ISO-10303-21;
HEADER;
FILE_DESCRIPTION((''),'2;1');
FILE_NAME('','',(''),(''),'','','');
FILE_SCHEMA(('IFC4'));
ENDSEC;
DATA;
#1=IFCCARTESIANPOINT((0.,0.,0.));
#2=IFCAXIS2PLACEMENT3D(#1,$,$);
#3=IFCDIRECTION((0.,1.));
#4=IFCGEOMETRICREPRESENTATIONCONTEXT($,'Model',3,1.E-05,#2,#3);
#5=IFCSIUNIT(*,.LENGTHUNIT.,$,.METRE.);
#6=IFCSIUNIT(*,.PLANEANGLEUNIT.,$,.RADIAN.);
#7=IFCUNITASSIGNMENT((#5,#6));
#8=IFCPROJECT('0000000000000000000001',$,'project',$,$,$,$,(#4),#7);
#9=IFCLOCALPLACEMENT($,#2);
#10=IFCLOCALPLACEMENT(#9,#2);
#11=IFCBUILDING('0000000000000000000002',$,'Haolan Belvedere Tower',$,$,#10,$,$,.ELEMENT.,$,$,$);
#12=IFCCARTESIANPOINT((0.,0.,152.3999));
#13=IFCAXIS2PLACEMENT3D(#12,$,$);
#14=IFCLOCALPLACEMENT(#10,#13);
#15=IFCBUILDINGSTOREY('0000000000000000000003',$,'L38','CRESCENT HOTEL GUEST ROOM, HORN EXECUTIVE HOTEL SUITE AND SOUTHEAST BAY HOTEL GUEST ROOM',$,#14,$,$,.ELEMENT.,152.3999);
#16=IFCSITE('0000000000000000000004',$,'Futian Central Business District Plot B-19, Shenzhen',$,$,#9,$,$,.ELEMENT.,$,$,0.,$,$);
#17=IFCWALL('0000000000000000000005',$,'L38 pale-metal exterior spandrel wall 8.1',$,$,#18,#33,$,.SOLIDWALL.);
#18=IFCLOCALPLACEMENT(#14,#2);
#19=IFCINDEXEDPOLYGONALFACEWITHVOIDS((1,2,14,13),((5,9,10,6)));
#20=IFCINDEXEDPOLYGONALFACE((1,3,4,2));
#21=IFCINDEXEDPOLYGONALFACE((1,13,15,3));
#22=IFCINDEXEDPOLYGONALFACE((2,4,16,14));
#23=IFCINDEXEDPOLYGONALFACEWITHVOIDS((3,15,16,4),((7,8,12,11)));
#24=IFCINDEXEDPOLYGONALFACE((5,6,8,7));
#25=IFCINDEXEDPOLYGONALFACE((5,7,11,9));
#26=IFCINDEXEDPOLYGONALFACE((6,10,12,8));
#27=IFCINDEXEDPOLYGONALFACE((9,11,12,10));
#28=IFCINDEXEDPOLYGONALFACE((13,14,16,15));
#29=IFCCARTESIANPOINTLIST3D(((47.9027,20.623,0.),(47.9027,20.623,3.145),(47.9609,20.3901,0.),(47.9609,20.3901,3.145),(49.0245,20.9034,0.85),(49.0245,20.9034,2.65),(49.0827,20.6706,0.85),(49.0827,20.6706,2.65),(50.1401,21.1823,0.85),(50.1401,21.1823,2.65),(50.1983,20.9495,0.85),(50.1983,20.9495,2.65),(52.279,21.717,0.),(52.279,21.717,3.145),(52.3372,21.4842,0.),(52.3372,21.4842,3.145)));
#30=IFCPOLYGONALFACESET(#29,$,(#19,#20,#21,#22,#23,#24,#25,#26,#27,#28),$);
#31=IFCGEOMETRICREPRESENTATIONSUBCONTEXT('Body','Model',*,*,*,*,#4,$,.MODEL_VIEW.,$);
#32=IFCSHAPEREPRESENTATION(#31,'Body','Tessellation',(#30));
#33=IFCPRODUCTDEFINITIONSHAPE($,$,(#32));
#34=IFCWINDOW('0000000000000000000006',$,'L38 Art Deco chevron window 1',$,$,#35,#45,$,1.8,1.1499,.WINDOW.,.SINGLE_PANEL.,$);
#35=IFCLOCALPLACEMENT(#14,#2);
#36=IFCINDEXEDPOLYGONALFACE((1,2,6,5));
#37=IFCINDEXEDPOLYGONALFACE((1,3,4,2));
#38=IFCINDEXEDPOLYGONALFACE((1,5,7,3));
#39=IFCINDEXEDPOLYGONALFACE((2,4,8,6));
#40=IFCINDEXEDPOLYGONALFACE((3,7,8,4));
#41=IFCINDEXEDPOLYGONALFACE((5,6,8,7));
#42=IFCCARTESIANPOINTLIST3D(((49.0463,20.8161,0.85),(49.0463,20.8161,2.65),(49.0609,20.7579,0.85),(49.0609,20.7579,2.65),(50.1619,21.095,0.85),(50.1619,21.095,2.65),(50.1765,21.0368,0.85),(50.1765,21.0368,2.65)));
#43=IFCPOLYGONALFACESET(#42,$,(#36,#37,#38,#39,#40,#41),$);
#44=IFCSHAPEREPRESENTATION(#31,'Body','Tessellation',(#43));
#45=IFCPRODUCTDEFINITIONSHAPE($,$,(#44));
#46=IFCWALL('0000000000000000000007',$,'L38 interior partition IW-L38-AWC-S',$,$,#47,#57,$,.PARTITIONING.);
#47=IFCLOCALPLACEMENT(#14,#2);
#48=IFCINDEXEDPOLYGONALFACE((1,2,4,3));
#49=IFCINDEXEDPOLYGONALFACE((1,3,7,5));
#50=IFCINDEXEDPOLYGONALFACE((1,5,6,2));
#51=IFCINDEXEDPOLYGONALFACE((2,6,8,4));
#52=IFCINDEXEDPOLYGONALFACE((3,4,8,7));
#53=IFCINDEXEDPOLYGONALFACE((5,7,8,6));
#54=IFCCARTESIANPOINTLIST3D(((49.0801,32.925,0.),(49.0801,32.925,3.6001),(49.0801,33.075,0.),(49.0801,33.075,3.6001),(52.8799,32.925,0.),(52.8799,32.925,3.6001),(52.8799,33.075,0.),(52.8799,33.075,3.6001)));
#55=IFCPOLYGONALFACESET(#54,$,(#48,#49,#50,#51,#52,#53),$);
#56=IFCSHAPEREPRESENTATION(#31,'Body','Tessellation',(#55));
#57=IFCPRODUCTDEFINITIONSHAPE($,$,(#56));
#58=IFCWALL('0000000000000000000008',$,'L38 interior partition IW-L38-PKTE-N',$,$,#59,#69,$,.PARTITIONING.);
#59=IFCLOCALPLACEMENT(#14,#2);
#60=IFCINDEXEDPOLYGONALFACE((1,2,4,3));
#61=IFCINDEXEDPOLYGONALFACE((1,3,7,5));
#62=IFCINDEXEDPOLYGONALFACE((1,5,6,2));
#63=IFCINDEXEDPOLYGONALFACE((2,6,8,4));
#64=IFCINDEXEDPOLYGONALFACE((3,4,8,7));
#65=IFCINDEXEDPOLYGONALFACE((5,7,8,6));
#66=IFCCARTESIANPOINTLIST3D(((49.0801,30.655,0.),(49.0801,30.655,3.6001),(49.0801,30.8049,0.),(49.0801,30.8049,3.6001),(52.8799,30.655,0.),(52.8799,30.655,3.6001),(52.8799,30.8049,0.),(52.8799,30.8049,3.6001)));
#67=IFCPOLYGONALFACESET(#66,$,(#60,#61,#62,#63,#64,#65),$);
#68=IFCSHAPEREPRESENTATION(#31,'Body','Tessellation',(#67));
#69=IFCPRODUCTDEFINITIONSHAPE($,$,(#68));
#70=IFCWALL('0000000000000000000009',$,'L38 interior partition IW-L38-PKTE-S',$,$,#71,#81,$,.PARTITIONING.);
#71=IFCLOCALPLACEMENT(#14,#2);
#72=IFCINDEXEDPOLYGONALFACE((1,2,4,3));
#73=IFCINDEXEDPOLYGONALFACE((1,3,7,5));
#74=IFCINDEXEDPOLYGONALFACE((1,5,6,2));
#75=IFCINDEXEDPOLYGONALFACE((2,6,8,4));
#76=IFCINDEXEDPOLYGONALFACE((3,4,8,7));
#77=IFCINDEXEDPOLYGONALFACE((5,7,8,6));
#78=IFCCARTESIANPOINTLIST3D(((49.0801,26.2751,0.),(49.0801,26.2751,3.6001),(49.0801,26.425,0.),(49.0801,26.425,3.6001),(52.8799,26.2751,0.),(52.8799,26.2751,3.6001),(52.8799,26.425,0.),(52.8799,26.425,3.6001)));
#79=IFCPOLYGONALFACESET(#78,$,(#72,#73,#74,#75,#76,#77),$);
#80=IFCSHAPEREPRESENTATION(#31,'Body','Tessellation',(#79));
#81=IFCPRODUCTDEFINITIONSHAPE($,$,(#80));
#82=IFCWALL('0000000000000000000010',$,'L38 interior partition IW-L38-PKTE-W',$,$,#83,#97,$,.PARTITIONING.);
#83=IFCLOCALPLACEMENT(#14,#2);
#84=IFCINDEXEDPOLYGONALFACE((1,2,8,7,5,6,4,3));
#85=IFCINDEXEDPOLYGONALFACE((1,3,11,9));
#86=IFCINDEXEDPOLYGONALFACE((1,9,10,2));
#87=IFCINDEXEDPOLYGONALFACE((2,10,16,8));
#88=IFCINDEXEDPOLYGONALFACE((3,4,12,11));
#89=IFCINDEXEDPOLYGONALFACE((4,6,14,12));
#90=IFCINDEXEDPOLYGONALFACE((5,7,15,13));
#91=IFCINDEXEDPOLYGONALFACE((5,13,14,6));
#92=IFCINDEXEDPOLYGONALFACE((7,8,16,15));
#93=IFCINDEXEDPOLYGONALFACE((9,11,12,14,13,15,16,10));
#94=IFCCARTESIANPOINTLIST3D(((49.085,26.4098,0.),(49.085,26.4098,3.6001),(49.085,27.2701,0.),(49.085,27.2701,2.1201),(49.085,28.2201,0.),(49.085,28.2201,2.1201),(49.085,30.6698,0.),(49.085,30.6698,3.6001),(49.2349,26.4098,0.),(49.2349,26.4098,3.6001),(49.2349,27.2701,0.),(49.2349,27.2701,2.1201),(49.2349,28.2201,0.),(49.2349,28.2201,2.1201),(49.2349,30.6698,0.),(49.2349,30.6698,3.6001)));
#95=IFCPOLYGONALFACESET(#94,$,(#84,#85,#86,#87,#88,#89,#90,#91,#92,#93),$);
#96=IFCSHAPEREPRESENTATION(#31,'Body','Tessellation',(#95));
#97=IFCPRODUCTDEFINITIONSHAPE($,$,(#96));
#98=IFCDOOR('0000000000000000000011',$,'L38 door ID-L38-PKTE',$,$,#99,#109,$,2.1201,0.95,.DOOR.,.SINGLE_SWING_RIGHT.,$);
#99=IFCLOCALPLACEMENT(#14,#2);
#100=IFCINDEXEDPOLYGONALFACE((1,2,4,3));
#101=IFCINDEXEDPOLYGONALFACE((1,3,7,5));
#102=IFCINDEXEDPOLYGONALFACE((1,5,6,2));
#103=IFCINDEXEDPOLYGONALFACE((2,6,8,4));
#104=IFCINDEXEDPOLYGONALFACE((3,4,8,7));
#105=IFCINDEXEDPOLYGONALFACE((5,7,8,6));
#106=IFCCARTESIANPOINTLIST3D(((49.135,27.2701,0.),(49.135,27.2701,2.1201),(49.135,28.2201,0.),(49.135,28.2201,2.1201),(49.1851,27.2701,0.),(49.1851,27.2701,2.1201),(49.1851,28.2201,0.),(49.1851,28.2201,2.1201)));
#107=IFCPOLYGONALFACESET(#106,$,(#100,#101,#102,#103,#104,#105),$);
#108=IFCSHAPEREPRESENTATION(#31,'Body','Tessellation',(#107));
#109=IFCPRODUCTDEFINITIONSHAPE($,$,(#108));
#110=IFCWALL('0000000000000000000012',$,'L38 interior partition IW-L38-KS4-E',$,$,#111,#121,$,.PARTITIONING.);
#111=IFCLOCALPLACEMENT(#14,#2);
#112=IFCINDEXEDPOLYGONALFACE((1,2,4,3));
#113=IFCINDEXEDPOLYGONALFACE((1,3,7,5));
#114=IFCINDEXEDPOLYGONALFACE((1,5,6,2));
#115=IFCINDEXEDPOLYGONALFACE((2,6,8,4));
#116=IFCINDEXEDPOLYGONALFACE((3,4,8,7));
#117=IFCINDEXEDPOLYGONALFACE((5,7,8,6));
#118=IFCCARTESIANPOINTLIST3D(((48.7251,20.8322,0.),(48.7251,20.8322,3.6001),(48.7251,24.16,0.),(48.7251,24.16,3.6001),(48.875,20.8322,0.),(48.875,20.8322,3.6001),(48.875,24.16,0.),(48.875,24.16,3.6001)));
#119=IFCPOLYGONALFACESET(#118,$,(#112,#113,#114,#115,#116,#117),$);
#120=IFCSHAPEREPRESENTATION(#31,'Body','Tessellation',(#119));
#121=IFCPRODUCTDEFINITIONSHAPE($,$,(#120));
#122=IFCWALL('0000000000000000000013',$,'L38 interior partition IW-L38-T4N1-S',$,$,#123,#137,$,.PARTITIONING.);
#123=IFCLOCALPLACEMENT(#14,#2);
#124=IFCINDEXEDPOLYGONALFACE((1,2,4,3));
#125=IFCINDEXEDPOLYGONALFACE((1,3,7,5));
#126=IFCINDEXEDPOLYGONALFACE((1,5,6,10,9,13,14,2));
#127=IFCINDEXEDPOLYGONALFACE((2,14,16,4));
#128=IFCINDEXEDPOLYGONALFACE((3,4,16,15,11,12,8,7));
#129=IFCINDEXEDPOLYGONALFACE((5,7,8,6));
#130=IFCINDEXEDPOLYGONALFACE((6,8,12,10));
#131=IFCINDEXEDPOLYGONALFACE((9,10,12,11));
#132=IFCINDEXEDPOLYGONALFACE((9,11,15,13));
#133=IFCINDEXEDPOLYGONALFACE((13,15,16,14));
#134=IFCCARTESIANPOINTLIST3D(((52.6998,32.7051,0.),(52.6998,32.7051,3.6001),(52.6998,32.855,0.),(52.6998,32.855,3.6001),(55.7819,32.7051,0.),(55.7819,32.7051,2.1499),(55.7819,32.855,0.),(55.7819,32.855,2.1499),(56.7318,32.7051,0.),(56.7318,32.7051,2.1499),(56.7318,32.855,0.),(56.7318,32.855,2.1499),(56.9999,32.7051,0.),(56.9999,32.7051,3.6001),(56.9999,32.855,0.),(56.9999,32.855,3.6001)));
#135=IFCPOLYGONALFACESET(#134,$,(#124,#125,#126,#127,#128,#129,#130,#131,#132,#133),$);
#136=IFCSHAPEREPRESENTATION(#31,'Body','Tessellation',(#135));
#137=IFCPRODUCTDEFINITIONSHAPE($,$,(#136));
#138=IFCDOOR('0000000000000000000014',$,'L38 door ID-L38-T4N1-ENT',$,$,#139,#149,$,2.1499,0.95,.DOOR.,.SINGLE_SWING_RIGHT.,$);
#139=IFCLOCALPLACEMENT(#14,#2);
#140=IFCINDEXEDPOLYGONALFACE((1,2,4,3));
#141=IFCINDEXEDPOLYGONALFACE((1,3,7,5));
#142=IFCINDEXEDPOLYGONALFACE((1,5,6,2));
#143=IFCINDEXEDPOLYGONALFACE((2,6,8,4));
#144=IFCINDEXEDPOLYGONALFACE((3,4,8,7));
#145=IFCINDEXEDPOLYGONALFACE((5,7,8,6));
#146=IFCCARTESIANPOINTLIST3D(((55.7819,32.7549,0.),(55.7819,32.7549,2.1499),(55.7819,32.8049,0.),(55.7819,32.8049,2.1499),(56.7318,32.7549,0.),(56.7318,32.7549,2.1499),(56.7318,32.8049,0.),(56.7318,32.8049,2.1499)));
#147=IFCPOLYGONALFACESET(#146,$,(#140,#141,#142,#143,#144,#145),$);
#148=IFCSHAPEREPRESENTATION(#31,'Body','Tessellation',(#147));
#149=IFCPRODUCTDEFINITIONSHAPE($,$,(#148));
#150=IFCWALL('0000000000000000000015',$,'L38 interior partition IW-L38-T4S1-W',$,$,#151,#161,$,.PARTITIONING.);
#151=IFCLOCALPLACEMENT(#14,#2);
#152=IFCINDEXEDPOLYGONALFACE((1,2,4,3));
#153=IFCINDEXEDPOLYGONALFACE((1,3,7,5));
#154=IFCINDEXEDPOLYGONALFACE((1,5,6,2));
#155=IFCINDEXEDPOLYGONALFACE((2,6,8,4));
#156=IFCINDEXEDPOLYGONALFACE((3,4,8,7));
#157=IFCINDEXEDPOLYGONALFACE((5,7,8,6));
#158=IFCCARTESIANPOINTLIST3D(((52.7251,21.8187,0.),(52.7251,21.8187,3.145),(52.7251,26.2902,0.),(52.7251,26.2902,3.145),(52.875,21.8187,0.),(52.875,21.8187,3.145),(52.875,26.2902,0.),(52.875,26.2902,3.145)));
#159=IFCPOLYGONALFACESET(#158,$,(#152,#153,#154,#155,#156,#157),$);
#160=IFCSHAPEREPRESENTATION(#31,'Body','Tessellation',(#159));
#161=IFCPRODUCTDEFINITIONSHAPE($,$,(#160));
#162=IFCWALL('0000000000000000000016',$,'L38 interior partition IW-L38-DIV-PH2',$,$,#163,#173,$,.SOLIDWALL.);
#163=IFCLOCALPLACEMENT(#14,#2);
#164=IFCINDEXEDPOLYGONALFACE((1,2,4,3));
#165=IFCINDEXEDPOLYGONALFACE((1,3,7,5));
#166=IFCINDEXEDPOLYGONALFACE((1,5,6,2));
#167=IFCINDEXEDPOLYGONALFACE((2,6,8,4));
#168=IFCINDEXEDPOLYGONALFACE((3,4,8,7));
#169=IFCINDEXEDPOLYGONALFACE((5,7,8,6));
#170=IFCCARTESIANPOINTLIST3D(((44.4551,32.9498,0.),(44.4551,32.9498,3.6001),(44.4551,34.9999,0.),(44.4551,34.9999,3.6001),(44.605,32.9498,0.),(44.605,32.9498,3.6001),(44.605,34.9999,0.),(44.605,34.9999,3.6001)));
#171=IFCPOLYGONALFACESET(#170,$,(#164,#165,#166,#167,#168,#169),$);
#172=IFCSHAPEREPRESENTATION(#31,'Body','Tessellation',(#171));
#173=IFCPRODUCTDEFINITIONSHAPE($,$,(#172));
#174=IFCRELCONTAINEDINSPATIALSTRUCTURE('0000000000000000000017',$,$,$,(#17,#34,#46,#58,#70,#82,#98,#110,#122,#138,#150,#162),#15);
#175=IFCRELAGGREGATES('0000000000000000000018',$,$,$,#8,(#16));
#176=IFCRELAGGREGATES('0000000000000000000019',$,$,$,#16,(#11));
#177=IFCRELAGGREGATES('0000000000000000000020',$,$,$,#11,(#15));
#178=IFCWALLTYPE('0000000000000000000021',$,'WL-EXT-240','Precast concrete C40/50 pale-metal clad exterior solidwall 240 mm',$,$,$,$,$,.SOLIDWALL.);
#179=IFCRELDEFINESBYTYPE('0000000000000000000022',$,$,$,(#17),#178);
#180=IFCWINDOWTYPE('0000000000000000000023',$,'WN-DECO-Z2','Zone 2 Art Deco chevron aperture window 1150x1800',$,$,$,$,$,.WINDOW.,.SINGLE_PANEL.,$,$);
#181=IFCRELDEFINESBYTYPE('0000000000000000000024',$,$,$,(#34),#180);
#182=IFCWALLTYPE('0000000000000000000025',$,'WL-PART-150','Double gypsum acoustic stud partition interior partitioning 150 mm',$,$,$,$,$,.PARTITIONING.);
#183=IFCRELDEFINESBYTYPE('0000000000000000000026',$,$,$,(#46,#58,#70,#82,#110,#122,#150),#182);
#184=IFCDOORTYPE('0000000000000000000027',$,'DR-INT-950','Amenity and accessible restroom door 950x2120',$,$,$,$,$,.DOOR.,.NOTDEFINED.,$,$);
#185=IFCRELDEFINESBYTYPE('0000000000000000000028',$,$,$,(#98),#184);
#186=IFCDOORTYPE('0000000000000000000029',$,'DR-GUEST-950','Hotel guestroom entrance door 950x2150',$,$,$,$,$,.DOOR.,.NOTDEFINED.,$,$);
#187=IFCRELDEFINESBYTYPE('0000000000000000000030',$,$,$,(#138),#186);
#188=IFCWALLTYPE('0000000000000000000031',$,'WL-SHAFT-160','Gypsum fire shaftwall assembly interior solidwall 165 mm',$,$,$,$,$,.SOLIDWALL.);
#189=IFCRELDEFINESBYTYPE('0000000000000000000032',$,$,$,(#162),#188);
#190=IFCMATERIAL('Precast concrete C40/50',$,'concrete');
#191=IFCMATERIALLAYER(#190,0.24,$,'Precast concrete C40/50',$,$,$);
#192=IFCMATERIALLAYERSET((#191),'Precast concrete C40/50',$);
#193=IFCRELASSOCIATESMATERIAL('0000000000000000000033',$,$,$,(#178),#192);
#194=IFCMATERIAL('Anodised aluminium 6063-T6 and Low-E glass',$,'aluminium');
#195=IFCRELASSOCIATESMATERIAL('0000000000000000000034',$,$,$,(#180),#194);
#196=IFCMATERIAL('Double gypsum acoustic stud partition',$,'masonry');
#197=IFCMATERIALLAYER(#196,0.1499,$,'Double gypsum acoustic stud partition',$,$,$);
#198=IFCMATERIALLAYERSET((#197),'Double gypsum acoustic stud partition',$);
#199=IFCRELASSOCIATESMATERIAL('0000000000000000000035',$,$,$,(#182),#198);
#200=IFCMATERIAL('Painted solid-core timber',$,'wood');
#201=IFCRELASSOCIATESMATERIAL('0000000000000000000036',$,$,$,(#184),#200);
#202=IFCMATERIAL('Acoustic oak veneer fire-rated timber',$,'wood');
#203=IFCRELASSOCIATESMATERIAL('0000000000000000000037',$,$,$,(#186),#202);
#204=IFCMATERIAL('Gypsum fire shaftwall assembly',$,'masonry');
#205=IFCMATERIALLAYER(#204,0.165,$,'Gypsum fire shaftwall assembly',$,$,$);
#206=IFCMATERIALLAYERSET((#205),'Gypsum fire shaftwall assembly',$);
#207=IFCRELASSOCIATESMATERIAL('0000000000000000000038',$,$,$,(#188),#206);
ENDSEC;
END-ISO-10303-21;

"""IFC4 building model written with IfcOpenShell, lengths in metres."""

from ifc_helpers import new_model, si_unit, direction, frame, frame_2d, origin, place, context, subcontext, project, spatial, rectangle, extrude, material, layer, layer_set, type_object, element, fill, save


model = new_model("IFC4")

# Units and contexts
model_context = context("Model", 3, precision=1e-05, world=origin(), true_north=direction((0.0, 1.0)))
body_context = subcontext(model_context, "Body", "Model", "MODEL_VIEW")
ifc_project = project(units=[si_unit("LENGTHUNIT", "METRE"), si_unit("PLANEANGLEUNIT", "RADIAN")], contexts=[model_context])

# Site, building, storey
site_placement = place(None, origin())
site = spatial("IfcSite", under=ifc_project, at=site_placement, Name="Futian Central Business District Plot B-19, Shenzhen", CompositionType="ELEMENT", RefElevation=0.0)
building_placement = place(site_placement, origin())
building = spatial("IfcBuilding", under=site, at=building_placement, Name="Haolan Belvedere Tower", CompositionType="ELEMENT")
storey_placement = place(building_placement, frame((0.0, 0.0, 152.3999)))
storey = spatial("IfcBuildingStorey", under=building, at=storey_placement, Name="L38", Description="CRESCENT HOTEL GUEST ROOM, HORN EXECUTIVE HOTEL SUITE AND SOUTHEAST BAY HOTEL GUEST ROOM", CompositionType="ELEMENT", Elevation=152.3999)

# Wall, opening, window
ifc_material_1 = material(Name="Precast concrete C40/50", Category="concrete")
ifc_layer_1 = layer(ifc_material_1, 0.24, Name="Precast concrete C40/50")
ifc_layer_set_1 = layer_set([ifc_layer_1], Name="Precast concrete C40/50")
wall_type_1 = type_object("IfcWallType", Name="WL-EXT-240", Description="Precast concrete C40/50 pale-metal clad exterior solidwall 240 mm", PredefinedType="SOLIDWALL", material=ifc_layer_set_1)
wall_1_placement = place(storey_placement, frame((47.9319, 20.5066, 0.0), z_axis=(0.0, 0.0, 1.0), x_axis=(0.970146, 0.242523, 0.0)))
wall_1 = element("IfcWall", 1, at=wall_1_placement, inside=storey, type_object=wall_type_1, Name="L38 pale-metal exterior spandrel wall 8.1", PredefinedType="SOLIDWALL", context=body_context, shape_type="SweptSolid", body=[
    extrude(rectangle(XDim=4.511, YDim=0.24, at=frame_2d((2.2554, 0.0))), origin(), (0.0, 0.0, 1.0), 3.145),
])
opening_1_placement = place(wall_1_placement, frame((1.1562, 0.0, 0.8501)))
opening_1 = element("IfcOpeningElement", 2, at=opening_1_placement, cuts=wall_1, PredefinedType="OPENING", context=body_context, shape_type="SweptSolid", body=[
    extrude(rectangle(XDim=1.1499, YDim=1.8, at=frame_2d((0.575, 0.8999))), frame((0.0, 0.1299, 0.0), z_axis=(0.0, -1.0, 0.0), x_axis=(1.0, 0.0, 0.0)), (0.0, 0.0, 1.0), 0.26),
])
ifc_material_2 = material(Name="Anodised aluminium 6063-T6 and Low-E glass", Category="aluminium")
window_type = type_object("IfcWindowType", Name="WN-DECO-Z2", Description="Zone 2 Art Deco chevron aperture window 1150x1800", PartitioningType="SINGLE_PANEL", PredefinedType="WINDOW", material=ifc_material_2)
window_placement = place(opening_1_placement, origin())
window = element("IfcWindow", 3, at=window_placement, inside=storey, type_object=window_type, Name="L38 Art Deco chevron window 1", OverallHeight=1.8, OverallWidth=1.1499, PartitioningType="SINGLE_PANEL", PredefinedType="WINDOW", context=body_context, shape_type="SweptSolid", body=[
    extrude(rectangle(XDim=1.1499, YDim=1.8, at=frame_2d((0.575, 0.8999))), frame((0.0, 0.03, 0.0), z_axis=(0.0, -1.0, 0.0), x_axis=(1.0, 0.0, 0.0)), (0.0, 0.0, 1.0), 0.0601),
])
fill(opening_1, window)

# Wall
ifc_material_3 = material(Name="Double gypsum acoustic stud partition", Category="masonry")
ifc_layer_2 = layer(ifc_material_3, 0.1499, Name="Double gypsum acoustic stud partition")
ifc_layer_set_2 = layer_set([ifc_layer_2], Name="Double gypsum acoustic stud partition")
wall_type_2 = type_object("IfcWallType", Name="WL-PART-150", Description="Double gypsum acoustic stud partition interior partitioning 150 mm", PredefinedType="PARTITIONING", material=ifc_layer_set_2)
wall_2_placement = place(storey_placement, frame((49.0801, 33.0, 0.0), z_axis=(0.0, 0.0, 1.0), x_axis=(1.0, 0.0, 0.0)))
element("IfcWall", 4, at=wall_2_placement, inside=storey, type_object=wall_type_2, Name="L38 interior partition IW-L38-AWC-S", PredefinedType="PARTITIONING", context=body_context, shape_type="SweptSolid", body=[
    extrude(rectangle(XDim=3.7998, YDim=0.1499, at=frame_2d((1.8999, 0.0))), origin(), (0.0, 0.0, 1.0), 3.6001),
])

# Shared definitions
ifc_material_4 = material(Name="Painted solid-core timber", Category="wood")
door_type_1 = type_object("IfcDoorType", Name="DR-INT-950", Description="Amenity and accessible restroom door 950x2120", OperationType="NOTDEFINED", PredefinedType="DOOR", material=ifc_material_4)

# Walls
for number, where, z_axis, x_axis, name in (
    (5, (49.0801, 30.73, 0.0), (0.0, 0.0, 1.0), (1.0, 0.0, 0.0), "L38 interior partition IW-L38-PKTE-N"),
    (6, (49.0801, 26.3501, 0.0), (0.0, 0.0, 1.0), (1.0, 0.0, 0.0), "L38 interior partition IW-L38-PKTE-S"),
):
    element("IfcWall", number, at=place(storey_placement, frame(where, z_axis=z_axis, x_axis=x_axis)), inside=storey, type_object=wall_type_2, Name=name, PredefinedType="PARTITIONING", context=body_context, shape_type="SweptSolid", body=[
        extrude(rectangle(XDim=3.7998, YDim=0.1499, at=frame_2d((1.8999, 0.0))), origin(), (0.0, 0.0, 1.0), 3.6001),
    ])

# Wall, opening, door
wall_3_placement = place(storey_placement, frame((49.1599, 26.4099, 0.0), z_axis=(0.0, 0.0, 1.0), x_axis=(0.0, 1.0, 0.0)))
wall_3 = element("IfcWall", 7, at=wall_3_placement, inside=storey, type_object=wall_type_2, Name="L38 interior partition IW-L38-PKTE-W", PredefinedType="PARTITIONING", context=body_context, shape_type="SweptSolid", body=[
    extrude(rectangle(XDim=4.26, YDim=0.1499, at=frame_2d((2.1299, 0.0))), origin(), (0.0, 0.0, 1.0), 3.6001),
])
opening_2_placement = place(wall_3_placement, frame((0.8601, 0.0, 0.0)))
opening_2 = element("IfcOpeningElement", 8, at=opening_2_placement, cuts=wall_3, PredefinedType="OPENING", context=body_context, shape_type="SweptSolid", body=[
    extrude(rectangle(XDim=0.95, YDim=2.1201, at=frame_2d((0.4751, 1.0601))), frame((0.0, 0.085, 0.0), z_axis=(0.0, -1.0, 0.0), x_axis=(1.0, 0.0, 0.0)), (0.0, 0.0, 1.0), 0.1699),
])
door_1_placement = place(opening_2_placement, origin())
door_1 = element("IfcDoor", 9, at=door_1_placement, inside=storey, type_object=door_type_1, Name="L38 door ID-L38-PKTE", OperationType="SINGLE_SWING_RIGHT", OverallHeight=2.1201, OverallWidth=0.95, PredefinedType="DOOR", context=body_context, shape_type="SweptSolid", body=[
    extrude(rectangle(XDim=0.95, YDim=2.1201, at=frame_2d((0.4751, 1.0601))), frame((0.0, 0.0249, 0.0), z_axis=(0.0, -1.0, 0.0), x_axis=(1.0, 0.0, 0.0)), (0.0, 0.0, 1.0), 0.05),
])
fill(opening_2, door_1)

# Wall
wall_4_placement = place(storey_placement, frame((48.8, 20.832, 0.0), z_axis=(0.0, 0.0, 1.0), x_axis=(0.0, 1.0, 0.0)))
element("IfcWall", 10, at=wall_4_placement, inside=storey, type_object=wall_type_2, Name="L38 interior partition IW-L38-KS4-E", PredefinedType="PARTITIONING", context=body_context, shape_type="SweptSolid", body=[
    extrude(rectangle(XDim=3.3279, YDim=0.1499, at=frame_2d((1.6641, 0.0))), origin(), (0.0, 0.0, 1.0), 3.6001),
])

# Wall, opening, door
wall_5_placement = place(storey_placement, frame((52.7, 32.78, 0.0), z_axis=(0.0, 0.0, 1.0), x_axis=(1.0, 0.0, 0.0)))
wall_5 = element("IfcWall", 11, at=wall_5_placement, inside=storey, type_object=wall_type_2, Name="L38 interior partition IW-L38-T4N1-S", PredefinedType="PARTITIONING", context=body_context, shape_type="SweptSolid", body=[
    extrude(rectangle(XDim=4.3, YDim=0.1499, at=frame_2d((2.1499, 0.0))), origin(), (0.0, 0.0, 1.0), 3.6001),
])
opening_3_placement = place(wall_5_placement, frame((3.0818, 0.0, 0.0)))
opening_3 = element("IfcOpeningElement", 12, at=opening_3_placement, cuts=wall_5, PredefinedType="OPENING", context=body_context, shape_type="SweptSolid", body=[
    extrude(rectangle(XDim=0.95, YDim=2.1499, at=frame_2d((0.4751, 1.075))), frame((0.0, 0.085, 0.0), z_axis=(0.0, -1.0, 0.0), x_axis=(1.0, 0.0, 0.0)), (0.0, 0.0, 1.0), 0.1699),
])
ifc_material_5 = material(Name="Acoustic oak veneer fire-rated timber", Category="wood")
door_type_2 = type_object("IfcDoorType", Name="DR-GUEST-950", Description="Hotel guestroom entrance door 950x2150", OperationType="NOTDEFINED", PredefinedType="DOOR", material=ifc_material_5)
door_2_placement = place(opening_3_placement, origin())
door_2 = element("IfcDoor", 13, at=door_2_placement, inside=storey, type_object=door_type_2, Name="L38 door ID-L38-T4N1-ENT", OperationType="SINGLE_SWING_RIGHT", OverallHeight=2.1499, OverallWidth=0.95, PredefinedType="DOOR", context=body_context, shape_type="SweptSolid", body=[
    extrude(rectangle(XDim=0.95, YDim=2.1499, at=frame_2d((0.4751, 1.075))), frame((0.0, 0.0249, 0.0), z_axis=(0.0, -1.0, 0.0), x_axis=(1.0, 0.0, 0.0)), (0.0, 0.0, 1.0), 0.05),
])
fill(opening_3, door_2)

# Walls
wall_6_placement = place(storey_placement, frame((52.8, 21.8186, 0.0), z_axis=(0.0, 0.0, 1.0), x_axis=(0.0, 1.0, 0.0)))
element("IfcWall", 14, at=wall_6_placement, inside=storey, type_object=wall_type_2, Name="L38 interior partition IW-L38-T4S1-W", PredefinedType="PARTITIONING", context=body_context, shape_type="SweptSolid", body=[
    extrude(rectangle(XDim=4.4714, YDim=0.1499, at=frame_2d((2.2358, 0.0))), origin(), (0.0, 0.0, 1.0), 3.145),
])
ifc_material_6 = material(Name="Gypsum fire shaftwall assembly", Category="masonry")
ifc_layer_3 = layer(ifc_material_6, 0.165, Name="Gypsum fire shaftwall assembly")
ifc_layer_set_3 = layer_set([ifc_layer_3], Name="Gypsum fire shaftwall assembly")
wall_type_3 = type_object("IfcWallType", Name="WL-SHAFT-160", Description="Gypsum fire shaftwall assembly interior solidwall 165 mm", PredefinedType="SOLIDWALL", material=ifc_layer_set_3)
wall_7_placement = place(storey_placement, frame((44.53, 32.95, 0.0), z_axis=(0.0, 0.0, 1.0), x_axis=(0.0, 1.0, 0.0)))
element("IfcWall", 15, at=wall_7_placement, inside=storey, type_object=wall_type_3, Name="L38 interior partition IW-L38-DIV-PH2", PredefinedType="SOLIDWALL", context=body_context, shape_type="SweptSolid", body=[
    extrude(rectangle(XDim=2.05, YDim=0.1499, at=frame_2d((1.0249, 0.0))), origin(), (0.0, 0.0, 1.0), 3.6001),
])

save(model, "model.ifc")
